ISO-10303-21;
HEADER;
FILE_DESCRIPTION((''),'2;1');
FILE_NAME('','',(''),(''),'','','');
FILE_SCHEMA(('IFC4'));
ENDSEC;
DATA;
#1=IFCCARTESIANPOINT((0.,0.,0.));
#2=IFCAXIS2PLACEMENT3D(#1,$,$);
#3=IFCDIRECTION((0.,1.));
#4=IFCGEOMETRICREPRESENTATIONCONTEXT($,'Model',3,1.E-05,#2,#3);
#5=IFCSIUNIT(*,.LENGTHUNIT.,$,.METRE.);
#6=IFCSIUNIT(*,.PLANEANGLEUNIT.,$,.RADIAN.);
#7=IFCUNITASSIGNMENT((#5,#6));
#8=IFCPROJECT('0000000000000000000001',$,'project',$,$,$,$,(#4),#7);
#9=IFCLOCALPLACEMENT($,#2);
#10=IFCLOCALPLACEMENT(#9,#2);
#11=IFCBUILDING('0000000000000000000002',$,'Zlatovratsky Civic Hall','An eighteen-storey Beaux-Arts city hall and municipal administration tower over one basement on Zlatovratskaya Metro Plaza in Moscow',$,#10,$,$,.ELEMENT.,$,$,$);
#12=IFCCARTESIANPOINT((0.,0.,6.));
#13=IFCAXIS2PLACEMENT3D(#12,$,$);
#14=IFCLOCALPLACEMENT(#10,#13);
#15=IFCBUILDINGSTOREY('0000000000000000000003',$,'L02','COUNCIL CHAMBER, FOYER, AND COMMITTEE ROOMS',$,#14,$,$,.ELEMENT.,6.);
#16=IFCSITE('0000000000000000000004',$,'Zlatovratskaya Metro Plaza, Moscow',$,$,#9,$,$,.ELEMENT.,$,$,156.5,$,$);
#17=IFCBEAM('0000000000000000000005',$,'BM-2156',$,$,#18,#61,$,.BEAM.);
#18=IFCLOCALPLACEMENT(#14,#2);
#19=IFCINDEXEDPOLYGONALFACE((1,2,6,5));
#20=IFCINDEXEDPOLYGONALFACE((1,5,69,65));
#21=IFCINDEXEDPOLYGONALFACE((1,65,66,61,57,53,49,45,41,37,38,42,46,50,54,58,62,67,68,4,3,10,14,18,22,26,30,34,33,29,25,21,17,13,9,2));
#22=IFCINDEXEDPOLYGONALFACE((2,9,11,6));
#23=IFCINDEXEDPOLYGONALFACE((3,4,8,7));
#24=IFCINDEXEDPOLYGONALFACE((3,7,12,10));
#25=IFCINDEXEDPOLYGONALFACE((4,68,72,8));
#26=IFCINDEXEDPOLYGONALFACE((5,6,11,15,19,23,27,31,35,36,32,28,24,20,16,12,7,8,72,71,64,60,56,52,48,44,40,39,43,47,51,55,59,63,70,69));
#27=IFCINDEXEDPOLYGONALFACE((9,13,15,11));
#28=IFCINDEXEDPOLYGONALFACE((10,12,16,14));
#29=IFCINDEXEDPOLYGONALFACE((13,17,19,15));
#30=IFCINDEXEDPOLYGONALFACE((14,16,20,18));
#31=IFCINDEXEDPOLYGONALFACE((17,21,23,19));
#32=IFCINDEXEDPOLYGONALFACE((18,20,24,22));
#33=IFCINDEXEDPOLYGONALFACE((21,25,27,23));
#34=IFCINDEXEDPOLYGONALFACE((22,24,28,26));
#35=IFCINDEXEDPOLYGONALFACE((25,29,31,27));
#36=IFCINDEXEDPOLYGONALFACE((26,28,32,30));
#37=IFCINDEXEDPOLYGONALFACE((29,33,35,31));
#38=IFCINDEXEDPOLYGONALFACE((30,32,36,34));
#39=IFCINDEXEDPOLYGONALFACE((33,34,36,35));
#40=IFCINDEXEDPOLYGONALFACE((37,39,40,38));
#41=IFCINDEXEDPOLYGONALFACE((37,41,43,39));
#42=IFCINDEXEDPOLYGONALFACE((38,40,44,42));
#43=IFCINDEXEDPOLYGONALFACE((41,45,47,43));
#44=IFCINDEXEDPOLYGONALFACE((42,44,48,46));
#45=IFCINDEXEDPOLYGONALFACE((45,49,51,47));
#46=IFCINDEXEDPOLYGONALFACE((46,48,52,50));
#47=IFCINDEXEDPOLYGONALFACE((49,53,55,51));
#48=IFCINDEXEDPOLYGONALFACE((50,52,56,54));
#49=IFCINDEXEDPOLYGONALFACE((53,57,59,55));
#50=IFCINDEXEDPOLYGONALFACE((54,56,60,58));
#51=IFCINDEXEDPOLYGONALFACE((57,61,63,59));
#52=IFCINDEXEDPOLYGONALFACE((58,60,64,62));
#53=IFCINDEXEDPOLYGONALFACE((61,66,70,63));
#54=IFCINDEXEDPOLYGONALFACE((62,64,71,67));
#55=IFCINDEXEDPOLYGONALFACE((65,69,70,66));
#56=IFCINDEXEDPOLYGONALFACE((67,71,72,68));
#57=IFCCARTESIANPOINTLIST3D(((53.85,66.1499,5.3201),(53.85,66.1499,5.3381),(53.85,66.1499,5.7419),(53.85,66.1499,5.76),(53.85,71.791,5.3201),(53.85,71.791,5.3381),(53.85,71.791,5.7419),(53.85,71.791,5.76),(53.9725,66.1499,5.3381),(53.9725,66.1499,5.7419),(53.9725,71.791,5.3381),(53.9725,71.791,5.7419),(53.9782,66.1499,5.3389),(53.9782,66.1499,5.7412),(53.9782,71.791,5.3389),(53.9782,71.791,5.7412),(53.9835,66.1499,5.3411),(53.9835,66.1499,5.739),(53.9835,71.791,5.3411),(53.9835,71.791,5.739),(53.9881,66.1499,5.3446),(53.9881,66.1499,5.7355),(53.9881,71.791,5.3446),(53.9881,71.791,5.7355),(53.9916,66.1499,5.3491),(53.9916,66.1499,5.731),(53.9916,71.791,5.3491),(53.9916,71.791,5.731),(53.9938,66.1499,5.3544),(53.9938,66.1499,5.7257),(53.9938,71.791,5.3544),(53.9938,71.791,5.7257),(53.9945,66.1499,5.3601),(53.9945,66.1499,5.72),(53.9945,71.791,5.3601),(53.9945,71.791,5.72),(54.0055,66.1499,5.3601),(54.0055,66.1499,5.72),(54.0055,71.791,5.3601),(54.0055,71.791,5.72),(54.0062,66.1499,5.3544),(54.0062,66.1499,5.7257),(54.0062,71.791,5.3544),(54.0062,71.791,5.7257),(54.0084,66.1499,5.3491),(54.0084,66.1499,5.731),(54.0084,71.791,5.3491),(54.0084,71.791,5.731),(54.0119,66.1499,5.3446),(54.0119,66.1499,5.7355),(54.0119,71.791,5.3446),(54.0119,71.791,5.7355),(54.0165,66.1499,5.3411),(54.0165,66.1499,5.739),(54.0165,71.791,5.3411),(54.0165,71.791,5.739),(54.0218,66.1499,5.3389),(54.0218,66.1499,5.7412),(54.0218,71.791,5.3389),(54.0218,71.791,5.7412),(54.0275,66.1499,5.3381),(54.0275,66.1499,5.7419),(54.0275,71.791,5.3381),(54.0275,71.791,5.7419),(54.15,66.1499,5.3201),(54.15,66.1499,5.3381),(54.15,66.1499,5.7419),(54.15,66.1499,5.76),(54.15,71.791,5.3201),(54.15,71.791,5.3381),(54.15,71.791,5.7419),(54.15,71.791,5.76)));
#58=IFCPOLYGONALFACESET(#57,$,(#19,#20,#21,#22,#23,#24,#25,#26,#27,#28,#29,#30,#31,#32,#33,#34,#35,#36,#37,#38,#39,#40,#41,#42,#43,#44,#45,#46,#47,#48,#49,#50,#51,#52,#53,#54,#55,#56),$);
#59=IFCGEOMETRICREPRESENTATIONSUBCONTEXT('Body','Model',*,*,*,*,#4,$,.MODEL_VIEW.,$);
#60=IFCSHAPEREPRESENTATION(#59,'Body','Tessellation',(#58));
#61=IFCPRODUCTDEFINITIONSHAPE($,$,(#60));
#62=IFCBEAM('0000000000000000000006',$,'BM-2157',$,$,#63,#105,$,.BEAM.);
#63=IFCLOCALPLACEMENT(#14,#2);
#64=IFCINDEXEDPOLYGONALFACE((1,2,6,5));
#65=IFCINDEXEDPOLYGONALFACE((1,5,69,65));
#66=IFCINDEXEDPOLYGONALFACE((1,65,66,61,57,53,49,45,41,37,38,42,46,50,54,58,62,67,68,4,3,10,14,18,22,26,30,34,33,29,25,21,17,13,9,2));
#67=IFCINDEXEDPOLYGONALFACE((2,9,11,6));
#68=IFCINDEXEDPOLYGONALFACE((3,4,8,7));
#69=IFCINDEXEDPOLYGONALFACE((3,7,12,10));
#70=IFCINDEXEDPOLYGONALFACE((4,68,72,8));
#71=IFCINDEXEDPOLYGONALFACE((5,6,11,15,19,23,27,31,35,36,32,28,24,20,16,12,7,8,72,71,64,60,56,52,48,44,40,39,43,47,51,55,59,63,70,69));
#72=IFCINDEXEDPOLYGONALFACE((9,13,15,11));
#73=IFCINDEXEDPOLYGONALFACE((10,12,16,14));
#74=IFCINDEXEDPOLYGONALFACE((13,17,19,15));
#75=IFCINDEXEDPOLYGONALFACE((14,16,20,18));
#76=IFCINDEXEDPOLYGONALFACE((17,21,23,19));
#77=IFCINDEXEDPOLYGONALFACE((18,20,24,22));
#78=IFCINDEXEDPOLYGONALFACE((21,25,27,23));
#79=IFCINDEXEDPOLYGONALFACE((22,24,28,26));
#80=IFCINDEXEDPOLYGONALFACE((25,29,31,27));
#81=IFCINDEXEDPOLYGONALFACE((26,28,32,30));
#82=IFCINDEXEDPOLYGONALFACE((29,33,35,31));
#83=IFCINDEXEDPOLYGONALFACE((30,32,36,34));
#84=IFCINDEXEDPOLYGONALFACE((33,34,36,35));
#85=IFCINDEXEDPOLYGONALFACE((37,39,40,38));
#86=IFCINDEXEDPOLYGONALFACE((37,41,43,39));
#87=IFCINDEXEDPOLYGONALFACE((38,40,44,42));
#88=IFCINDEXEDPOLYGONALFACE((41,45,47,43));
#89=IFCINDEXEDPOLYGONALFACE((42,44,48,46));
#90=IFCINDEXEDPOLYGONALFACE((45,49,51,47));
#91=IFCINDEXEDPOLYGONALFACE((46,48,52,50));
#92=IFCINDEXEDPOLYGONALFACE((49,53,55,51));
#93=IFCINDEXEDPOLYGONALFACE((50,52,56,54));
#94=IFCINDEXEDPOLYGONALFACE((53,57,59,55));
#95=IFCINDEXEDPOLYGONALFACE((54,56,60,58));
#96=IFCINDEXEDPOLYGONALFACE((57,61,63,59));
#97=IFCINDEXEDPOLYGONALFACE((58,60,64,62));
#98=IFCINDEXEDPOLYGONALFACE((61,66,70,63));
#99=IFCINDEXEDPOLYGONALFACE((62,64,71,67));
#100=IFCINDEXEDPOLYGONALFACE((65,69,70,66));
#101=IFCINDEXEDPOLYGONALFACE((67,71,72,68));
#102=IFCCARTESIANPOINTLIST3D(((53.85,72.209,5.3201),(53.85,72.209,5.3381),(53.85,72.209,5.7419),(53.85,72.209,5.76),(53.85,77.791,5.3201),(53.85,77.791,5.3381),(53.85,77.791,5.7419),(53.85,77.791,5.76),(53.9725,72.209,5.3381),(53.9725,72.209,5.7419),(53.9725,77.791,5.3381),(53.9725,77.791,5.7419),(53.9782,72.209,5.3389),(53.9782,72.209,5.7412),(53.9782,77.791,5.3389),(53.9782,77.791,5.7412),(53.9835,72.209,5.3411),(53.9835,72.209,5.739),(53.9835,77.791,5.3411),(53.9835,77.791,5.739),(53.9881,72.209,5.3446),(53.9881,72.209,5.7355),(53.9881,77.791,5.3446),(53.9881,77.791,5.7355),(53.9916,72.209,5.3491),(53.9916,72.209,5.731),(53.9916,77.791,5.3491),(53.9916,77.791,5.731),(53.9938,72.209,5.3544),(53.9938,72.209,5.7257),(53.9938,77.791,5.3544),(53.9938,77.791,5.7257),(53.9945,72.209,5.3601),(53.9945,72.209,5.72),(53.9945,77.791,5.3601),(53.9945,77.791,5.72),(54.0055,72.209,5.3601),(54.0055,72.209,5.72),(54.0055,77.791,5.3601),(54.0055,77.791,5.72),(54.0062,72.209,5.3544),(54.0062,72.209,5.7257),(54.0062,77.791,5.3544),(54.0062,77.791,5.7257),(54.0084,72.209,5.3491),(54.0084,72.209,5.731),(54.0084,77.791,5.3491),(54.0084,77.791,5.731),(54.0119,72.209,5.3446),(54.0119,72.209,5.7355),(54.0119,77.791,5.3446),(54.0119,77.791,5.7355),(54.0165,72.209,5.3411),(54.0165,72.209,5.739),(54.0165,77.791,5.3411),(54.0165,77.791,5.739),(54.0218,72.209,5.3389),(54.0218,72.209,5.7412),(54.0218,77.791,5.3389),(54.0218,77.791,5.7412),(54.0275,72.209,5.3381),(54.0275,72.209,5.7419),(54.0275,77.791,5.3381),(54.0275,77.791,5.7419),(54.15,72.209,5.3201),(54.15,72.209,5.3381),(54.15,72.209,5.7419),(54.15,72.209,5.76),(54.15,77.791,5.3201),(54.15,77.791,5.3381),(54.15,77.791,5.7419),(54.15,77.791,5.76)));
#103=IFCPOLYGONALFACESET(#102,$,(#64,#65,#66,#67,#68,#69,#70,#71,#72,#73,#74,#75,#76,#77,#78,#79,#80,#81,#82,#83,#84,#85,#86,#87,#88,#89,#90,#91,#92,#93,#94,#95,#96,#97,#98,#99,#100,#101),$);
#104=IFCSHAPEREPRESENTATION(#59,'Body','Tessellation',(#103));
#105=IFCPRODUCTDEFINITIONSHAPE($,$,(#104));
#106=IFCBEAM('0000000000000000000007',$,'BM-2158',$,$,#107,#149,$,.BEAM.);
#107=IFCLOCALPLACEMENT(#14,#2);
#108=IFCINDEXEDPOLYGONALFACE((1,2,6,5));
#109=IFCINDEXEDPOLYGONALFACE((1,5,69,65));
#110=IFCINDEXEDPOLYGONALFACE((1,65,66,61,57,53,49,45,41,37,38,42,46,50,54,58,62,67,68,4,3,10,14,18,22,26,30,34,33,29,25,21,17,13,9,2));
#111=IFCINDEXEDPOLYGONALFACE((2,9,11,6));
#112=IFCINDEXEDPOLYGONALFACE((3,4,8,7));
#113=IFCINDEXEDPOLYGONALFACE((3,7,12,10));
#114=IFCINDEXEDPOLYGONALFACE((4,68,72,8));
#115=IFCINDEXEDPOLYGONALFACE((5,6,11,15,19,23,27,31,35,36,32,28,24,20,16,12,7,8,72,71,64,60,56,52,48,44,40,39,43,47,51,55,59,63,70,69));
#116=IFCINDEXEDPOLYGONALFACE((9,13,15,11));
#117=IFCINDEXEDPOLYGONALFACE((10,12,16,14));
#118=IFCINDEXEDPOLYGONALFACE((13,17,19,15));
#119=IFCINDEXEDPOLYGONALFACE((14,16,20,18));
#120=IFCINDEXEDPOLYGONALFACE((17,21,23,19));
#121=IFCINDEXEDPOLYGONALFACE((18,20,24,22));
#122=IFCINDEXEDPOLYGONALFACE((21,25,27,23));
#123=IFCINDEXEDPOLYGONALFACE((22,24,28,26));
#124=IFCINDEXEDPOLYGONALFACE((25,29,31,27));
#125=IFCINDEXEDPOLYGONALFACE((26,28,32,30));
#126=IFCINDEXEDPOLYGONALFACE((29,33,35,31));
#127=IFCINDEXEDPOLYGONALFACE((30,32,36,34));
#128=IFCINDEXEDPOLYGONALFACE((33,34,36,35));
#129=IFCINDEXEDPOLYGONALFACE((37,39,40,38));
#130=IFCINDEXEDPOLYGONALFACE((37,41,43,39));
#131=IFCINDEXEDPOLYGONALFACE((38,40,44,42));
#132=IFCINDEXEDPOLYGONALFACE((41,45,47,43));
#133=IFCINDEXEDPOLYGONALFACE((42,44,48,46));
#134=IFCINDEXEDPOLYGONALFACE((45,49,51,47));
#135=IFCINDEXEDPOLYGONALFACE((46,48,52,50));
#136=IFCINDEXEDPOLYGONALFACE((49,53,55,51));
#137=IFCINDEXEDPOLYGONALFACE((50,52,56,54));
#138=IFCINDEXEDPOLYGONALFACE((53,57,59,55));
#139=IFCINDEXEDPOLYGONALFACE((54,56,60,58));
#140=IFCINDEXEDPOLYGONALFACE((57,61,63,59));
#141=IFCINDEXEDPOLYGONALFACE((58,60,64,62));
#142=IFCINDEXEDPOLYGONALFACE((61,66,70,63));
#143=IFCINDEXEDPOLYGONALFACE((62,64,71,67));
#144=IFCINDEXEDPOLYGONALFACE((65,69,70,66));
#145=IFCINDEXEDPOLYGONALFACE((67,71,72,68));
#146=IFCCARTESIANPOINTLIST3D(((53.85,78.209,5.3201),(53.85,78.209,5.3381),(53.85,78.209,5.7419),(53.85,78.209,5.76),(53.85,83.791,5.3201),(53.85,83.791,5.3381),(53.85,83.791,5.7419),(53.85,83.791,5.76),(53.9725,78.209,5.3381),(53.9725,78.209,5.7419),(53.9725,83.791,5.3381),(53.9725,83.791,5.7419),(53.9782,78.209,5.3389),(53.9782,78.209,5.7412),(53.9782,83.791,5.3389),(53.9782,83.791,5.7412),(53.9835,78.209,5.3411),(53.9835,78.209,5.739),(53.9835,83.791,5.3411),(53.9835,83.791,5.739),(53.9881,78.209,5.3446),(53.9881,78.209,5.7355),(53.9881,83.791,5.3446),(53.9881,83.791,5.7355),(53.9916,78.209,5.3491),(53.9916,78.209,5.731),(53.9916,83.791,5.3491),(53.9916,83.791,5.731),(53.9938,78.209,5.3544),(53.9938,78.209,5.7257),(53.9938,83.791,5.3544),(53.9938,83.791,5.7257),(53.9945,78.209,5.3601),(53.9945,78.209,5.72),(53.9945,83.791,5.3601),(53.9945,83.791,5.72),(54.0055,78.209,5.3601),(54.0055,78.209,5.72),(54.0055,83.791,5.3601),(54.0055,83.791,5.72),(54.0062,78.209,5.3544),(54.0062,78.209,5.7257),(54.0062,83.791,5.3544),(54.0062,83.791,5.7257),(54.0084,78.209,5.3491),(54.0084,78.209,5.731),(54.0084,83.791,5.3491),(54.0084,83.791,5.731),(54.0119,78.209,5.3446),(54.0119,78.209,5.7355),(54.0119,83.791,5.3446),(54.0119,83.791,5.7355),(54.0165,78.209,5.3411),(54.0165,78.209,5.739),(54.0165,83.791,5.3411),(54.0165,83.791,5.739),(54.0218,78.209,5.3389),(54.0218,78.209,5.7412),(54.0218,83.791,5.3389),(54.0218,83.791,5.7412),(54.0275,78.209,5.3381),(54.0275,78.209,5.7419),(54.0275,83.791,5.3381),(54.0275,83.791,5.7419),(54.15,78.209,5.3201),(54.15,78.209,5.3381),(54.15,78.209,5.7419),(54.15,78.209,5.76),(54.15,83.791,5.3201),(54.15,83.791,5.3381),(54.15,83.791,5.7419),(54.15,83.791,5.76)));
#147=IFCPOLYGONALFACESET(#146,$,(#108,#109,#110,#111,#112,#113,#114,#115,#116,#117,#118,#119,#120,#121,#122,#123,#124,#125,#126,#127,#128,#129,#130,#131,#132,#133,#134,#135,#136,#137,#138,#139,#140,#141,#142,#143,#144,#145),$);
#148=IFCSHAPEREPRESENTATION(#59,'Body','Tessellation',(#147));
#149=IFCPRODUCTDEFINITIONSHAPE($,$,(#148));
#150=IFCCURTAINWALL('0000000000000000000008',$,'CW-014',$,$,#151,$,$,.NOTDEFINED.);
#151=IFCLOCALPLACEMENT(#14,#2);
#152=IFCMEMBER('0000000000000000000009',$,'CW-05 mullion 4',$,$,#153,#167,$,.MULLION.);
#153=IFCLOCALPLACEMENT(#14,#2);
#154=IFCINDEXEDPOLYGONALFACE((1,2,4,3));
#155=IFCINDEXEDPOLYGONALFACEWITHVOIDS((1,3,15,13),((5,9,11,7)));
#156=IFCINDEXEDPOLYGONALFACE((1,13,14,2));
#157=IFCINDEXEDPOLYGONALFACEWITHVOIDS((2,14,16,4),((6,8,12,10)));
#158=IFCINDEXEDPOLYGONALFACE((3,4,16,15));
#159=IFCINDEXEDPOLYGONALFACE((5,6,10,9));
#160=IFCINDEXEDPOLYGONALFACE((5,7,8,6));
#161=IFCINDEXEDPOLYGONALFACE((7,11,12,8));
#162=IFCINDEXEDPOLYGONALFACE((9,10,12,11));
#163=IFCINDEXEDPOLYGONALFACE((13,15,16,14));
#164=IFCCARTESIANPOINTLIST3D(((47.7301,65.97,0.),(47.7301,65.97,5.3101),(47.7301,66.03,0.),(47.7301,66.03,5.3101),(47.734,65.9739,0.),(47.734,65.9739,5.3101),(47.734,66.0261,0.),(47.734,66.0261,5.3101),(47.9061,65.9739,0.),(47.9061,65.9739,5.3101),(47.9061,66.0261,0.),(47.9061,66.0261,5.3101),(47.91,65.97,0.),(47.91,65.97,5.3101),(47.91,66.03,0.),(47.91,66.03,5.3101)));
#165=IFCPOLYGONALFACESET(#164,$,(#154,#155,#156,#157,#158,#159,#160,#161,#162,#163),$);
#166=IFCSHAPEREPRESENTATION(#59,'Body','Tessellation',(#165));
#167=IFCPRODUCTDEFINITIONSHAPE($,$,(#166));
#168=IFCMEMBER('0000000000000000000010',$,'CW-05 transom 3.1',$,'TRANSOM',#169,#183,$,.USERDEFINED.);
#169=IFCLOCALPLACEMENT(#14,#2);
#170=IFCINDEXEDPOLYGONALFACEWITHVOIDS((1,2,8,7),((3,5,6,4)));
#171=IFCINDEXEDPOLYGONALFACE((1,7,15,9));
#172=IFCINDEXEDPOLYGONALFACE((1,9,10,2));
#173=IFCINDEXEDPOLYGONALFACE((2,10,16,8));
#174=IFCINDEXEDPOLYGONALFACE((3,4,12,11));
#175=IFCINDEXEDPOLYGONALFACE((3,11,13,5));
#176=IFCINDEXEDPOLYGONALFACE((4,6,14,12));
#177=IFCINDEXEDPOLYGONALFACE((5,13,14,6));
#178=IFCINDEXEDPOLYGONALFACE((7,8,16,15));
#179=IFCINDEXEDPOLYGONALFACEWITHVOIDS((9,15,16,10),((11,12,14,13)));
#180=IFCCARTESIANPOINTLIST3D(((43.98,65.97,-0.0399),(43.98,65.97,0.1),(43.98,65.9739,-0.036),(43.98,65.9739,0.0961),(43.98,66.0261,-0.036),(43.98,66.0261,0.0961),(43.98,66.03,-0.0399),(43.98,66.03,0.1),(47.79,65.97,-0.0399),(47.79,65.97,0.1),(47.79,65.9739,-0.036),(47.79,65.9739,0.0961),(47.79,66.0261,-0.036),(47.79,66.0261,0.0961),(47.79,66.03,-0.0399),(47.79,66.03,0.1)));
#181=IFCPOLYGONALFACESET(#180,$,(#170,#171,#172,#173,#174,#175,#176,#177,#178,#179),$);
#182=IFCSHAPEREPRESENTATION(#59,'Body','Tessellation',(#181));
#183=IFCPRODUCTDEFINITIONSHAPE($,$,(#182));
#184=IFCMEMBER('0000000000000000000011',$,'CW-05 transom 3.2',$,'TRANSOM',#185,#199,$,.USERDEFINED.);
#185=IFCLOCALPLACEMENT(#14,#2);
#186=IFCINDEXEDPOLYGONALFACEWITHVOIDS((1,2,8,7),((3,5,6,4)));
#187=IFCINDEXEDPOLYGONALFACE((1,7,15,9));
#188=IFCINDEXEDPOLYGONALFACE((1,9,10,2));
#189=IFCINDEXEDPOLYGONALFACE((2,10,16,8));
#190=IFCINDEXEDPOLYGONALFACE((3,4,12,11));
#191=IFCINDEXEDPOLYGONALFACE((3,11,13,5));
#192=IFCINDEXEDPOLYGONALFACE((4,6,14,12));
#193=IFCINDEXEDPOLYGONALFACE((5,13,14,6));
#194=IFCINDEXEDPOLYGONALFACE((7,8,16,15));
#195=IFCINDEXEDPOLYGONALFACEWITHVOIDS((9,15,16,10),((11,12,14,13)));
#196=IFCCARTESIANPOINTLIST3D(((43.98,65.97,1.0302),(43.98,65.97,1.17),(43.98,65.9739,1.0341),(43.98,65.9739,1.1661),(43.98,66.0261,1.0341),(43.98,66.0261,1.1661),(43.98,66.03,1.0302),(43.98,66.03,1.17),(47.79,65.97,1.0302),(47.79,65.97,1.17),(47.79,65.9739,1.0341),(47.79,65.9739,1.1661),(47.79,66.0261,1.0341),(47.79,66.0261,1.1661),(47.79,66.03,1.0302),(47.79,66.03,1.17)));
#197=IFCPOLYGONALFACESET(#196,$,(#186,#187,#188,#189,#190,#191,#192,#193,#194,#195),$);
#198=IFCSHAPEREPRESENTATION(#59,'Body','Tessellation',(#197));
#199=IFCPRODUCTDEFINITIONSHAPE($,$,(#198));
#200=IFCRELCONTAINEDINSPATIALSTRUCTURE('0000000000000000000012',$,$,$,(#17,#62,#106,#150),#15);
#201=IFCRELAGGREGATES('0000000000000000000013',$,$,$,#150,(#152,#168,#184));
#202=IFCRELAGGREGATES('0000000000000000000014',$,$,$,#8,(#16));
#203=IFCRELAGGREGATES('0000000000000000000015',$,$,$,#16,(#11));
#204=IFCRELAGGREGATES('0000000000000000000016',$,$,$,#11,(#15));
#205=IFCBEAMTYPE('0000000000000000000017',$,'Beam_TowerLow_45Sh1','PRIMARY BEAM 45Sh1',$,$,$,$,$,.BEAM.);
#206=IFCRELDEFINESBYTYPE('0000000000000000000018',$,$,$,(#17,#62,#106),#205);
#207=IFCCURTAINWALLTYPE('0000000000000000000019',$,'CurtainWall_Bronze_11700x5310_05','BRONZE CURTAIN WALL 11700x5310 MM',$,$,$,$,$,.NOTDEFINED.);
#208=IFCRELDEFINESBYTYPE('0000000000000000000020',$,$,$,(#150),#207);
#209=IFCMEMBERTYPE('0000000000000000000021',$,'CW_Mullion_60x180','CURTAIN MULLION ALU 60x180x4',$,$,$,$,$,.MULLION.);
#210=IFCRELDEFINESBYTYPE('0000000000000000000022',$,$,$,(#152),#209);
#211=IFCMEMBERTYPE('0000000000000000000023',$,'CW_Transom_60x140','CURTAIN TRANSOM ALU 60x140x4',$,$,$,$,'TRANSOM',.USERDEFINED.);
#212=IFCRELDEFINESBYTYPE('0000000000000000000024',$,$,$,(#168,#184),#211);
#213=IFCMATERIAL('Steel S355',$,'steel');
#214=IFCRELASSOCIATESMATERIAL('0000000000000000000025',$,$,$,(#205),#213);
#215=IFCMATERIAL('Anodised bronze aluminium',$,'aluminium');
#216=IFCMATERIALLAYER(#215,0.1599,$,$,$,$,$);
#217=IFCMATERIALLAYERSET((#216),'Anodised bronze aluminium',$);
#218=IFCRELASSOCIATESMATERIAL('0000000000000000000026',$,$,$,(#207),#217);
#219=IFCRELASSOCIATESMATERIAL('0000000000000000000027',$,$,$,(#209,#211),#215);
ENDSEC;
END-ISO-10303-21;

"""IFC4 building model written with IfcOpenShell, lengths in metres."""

from ifc_helpers import new_model, si_unit, direction, frame, origin, origin_2d, place, context, subcontext, project, spatial, hollow_rectangle, i_section, extrude, material, layer, layer_set, material_profile, profile_set, type_object, element, aggregate, save


model = new_model("IFC4")

# Units and contexts
model_context = context("Model", 3, precision=1e-05, world=origin(), true_north=direction((0.0, 1.0)))
body_context = subcontext(model_context, "Body", "Model", "MODEL_VIEW")
ifc_project = project(units=[si_unit("LENGTHUNIT", "METRE"), si_unit("PLANEANGLEUNIT", "RADIAN")], contexts=[model_context])

# Site, building, storey
site_placement = place(None, origin())
site = spatial("IfcSite", under=ifc_project, at=site_placement, Name="Zlatovratskaya Metro Plaza, Moscow", CompositionType="ELEMENT", RefElevation=156.5)
building_placement = place(site_placement, origin())
building = spatial("IfcBuilding", under=site, at=building_placement, Name="Zlatovratsky Civic Hall", Description="An eighteen-storey Beaux-Arts city hall and municipal administration tower over one basement on Zlatovratskaya Metro Plaza in Moscow", CompositionType="ELEMENT")
storey_placement = place(building_placement, frame((0.0, 0.0, 6.0)))
storey = spatial("IfcBuildingStorey", under=building, at=storey_placement, Name="L02", Description="COUNCIL CHAMBER, FOYER, AND COMMITTEE ROOMS", CompositionType="ELEMENT", Elevation=6.0)

# Shared definitions
ifc_material_1 = material(Name="Steel S355", Category="steel")

# Beams
ifc_material_profile_1 = material_profile(ifc_material_1, i_section(OverallWidth=0.3, OverallDepth=0.4399, WebThickness=0.011, FlangeThickness=0.0181, FilletRadius=0.022, at=origin_2d()), Name="45Sh1")
ifc_profile_set_1 = profile_set([ifc_material_profile_1], Name="Steel S355")
beam_type_1 = type_object("IfcBeamType", Name="Beam_TowerLow_45Sh1", Description="PRIMARY BEAM 45Sh1", PredefinedType="BEAM", material=ifc_profile_set_1)
beam_1_placement = place(storey_placement, frame((54.0, 66.1499, 5.54), z_axis=(0.0, 1.0, 0.0), x_axis=(-1.0, 0.0, 0.0)))
element("IfcBeam", 1, at=beam_1_placement, inside=storey, type_object=beam_type_1, Name="BM-2156", PredefinedType="BEAM", context=body_context, shape_type="SweptSolid", body=[
    extrude(i_section(OverallWidth=0.3, OverallDepth=0.4399, WebThickness=0.011, FlangeThickness=0.0181, FilletRadius=0.022, at=origin_2d()), origin(), (0.0, 0.0, 1.0), 5.6411),
])
for number, where, z_axis, x_axis, name in (
    (2, (54.0, 72.209, 5.54), (0.0, 1.0, 0.0), (-1.0, 0.0, 0.0), "BM-2157"),
    (3, (54.0, 78.209, 5.54), (0.0, 1.0, 0.0), (-1.0, 0.0, 0.0), "BM-2158"),
):
    element("IfcBeam", number, at=place(storey_placement, frame(where, z_axis=z_axis, x_axis=x_axis)), inside=storey, type_object=beam_type_1, Name=name, PredefinedType="BEAM", context=body_context, shape_type="SweptSolid", body=[
        extrude(i_section(OverallWidth=0.3, OverallDepth=0.4399, WebThickness=0.011, FlangeThickness=0.0181, FilletRadius=0.022, at=origin_2d()), origin(), (0.0, 0.0, 1.0), 5.582),
    ])

# Curtain wall, members
ifc_material_2 = material(Name="Anodised bronze aluminium", Category="aluminium")
ifc_layer_1 = layer(ifc_material_2, 0.1599)
ifc_layer_set_1 = layer_set([ifc_layer_1], Name="Anodised bronze aluminium")
curtain_wall_type = type_object("IfcCurtainWallType", Name="CurtainWall_Bronze_11700x5310_05", Description="BRONZE CURTAIN WALL 11700x5310 MM", PredefinedType="NOTDEFINED", material=ifc_layer_set_1)
curtain_wall_placement = place(storey_placement, origin())
curtain_wall = element("IfcCurtainWall", 4, at=curtain_wall_placement, inside=storey, type_object=curtain_wall_type, Name="CW-014", PredefinedType="NOTDEFINED")
ifc_material_profile_2 = material_profile(ifc_material_2, hollow_rectangle(XDim=0.0601, YDim=0.1799, WallThickness=0.0039, at=origin_2d()), Name="ALU 60x180x4")
ifc_profile_set_2 = profile_set([ifc_material_profile_2], Name="Anodised bronze aluminium")
member_type_1 = type_object("IfcMemberType", Name="CW_Mullion_60x180", Description="CURTAIN MULLION ALU 60x180x4", PredefinedType="MULLION", material=ifc_profile_set_2)
member_1_placement = place(storey_placement, frame((47.8201, 66.0, 0.0), z_axis=(0.0, 0.0, 1.0), x_axis=(0.0, 1.0, 0.0)))
member_1 = element("IfcMember", 5, at=member_1_placement, type_object=member_type_1, Name="CW-05 mullion 4", PredefinedType="MULLION", context=body_context, shape_type="SweptSolid", body=[
    extrude(hollow_rectangle(XDim=0.0601, YDim=0.1799, WallThickness=0.0039, at=origin_2d()), origin(), (0.0, 0.0, 1.0), 5.3101),
])
ifc_material_profile_3 = material_profile(ifc_material_2, hollow_rectangle(XDim=0.0601, YDim=0.1399, WallThickness=0.0039, at=origin_2d()), Name="ALU 60x140x4")
ifc_profile_set_3 = profile_set([ifc_material_profile_3], Name="Anodised bronze aluminium")
member_type_2 = type_object("IfcMemberType", Name="CW_Transom_60x140", Description="CURTAIN TRANSOM ALU 60x140x4", ElementType="TRANSOM", PredefinedType="USERDEFINED", material=ifc_profile_set_3)
member_2_placement = place(storey_placement, frame((43.98, 66.0, 0.03), z_axis=(1.0, 0.0, 0.0), x_axis=(0.0, 1.0, 0.0)))
member_2 = element("IfcMember", 6, at=member_2_placement, type_object=member_type_2, Name="CW-05 transom 3.1", ObjectType="TRANSOM", PredefinedType="USERDEFINED", context=body_context, shape_type="SweptSolid", body=[
    extrude(hollow_rectangle(XDim=0.0601, YDim=0.1399, WallThickness=0.0039, at=origin_2d()), origin(), (0.0, 0.0, 1.0), 3.8101),
])
member_3_placement = place(storey_placement, frame((43.98, 66.0, 1.1001), z_axis=(1.0, 0.0, 0.0), x_axis=(0.0, 1.0, 0.0)))
member_3 = element("IfcMember", 7, at=member_3_placement, type_object=member_type_2, Name="CW-05 transom 3.2", ObjectType="TRANSOM", PredefinedType="USERDEFINED", context=body_context, shape_type="SweptSolid", body=[
    extrude(hollow_rectangle(XDim=0.0601, YDim=0.1399, WallThickness=0.0039, at=origin_2d()), origin(), (0.0, 0.0, 1.0), 3.8101),
])

aggregate(curtain_wall, [member_1, member_2, member_3])

save(model, "model.ifc")
